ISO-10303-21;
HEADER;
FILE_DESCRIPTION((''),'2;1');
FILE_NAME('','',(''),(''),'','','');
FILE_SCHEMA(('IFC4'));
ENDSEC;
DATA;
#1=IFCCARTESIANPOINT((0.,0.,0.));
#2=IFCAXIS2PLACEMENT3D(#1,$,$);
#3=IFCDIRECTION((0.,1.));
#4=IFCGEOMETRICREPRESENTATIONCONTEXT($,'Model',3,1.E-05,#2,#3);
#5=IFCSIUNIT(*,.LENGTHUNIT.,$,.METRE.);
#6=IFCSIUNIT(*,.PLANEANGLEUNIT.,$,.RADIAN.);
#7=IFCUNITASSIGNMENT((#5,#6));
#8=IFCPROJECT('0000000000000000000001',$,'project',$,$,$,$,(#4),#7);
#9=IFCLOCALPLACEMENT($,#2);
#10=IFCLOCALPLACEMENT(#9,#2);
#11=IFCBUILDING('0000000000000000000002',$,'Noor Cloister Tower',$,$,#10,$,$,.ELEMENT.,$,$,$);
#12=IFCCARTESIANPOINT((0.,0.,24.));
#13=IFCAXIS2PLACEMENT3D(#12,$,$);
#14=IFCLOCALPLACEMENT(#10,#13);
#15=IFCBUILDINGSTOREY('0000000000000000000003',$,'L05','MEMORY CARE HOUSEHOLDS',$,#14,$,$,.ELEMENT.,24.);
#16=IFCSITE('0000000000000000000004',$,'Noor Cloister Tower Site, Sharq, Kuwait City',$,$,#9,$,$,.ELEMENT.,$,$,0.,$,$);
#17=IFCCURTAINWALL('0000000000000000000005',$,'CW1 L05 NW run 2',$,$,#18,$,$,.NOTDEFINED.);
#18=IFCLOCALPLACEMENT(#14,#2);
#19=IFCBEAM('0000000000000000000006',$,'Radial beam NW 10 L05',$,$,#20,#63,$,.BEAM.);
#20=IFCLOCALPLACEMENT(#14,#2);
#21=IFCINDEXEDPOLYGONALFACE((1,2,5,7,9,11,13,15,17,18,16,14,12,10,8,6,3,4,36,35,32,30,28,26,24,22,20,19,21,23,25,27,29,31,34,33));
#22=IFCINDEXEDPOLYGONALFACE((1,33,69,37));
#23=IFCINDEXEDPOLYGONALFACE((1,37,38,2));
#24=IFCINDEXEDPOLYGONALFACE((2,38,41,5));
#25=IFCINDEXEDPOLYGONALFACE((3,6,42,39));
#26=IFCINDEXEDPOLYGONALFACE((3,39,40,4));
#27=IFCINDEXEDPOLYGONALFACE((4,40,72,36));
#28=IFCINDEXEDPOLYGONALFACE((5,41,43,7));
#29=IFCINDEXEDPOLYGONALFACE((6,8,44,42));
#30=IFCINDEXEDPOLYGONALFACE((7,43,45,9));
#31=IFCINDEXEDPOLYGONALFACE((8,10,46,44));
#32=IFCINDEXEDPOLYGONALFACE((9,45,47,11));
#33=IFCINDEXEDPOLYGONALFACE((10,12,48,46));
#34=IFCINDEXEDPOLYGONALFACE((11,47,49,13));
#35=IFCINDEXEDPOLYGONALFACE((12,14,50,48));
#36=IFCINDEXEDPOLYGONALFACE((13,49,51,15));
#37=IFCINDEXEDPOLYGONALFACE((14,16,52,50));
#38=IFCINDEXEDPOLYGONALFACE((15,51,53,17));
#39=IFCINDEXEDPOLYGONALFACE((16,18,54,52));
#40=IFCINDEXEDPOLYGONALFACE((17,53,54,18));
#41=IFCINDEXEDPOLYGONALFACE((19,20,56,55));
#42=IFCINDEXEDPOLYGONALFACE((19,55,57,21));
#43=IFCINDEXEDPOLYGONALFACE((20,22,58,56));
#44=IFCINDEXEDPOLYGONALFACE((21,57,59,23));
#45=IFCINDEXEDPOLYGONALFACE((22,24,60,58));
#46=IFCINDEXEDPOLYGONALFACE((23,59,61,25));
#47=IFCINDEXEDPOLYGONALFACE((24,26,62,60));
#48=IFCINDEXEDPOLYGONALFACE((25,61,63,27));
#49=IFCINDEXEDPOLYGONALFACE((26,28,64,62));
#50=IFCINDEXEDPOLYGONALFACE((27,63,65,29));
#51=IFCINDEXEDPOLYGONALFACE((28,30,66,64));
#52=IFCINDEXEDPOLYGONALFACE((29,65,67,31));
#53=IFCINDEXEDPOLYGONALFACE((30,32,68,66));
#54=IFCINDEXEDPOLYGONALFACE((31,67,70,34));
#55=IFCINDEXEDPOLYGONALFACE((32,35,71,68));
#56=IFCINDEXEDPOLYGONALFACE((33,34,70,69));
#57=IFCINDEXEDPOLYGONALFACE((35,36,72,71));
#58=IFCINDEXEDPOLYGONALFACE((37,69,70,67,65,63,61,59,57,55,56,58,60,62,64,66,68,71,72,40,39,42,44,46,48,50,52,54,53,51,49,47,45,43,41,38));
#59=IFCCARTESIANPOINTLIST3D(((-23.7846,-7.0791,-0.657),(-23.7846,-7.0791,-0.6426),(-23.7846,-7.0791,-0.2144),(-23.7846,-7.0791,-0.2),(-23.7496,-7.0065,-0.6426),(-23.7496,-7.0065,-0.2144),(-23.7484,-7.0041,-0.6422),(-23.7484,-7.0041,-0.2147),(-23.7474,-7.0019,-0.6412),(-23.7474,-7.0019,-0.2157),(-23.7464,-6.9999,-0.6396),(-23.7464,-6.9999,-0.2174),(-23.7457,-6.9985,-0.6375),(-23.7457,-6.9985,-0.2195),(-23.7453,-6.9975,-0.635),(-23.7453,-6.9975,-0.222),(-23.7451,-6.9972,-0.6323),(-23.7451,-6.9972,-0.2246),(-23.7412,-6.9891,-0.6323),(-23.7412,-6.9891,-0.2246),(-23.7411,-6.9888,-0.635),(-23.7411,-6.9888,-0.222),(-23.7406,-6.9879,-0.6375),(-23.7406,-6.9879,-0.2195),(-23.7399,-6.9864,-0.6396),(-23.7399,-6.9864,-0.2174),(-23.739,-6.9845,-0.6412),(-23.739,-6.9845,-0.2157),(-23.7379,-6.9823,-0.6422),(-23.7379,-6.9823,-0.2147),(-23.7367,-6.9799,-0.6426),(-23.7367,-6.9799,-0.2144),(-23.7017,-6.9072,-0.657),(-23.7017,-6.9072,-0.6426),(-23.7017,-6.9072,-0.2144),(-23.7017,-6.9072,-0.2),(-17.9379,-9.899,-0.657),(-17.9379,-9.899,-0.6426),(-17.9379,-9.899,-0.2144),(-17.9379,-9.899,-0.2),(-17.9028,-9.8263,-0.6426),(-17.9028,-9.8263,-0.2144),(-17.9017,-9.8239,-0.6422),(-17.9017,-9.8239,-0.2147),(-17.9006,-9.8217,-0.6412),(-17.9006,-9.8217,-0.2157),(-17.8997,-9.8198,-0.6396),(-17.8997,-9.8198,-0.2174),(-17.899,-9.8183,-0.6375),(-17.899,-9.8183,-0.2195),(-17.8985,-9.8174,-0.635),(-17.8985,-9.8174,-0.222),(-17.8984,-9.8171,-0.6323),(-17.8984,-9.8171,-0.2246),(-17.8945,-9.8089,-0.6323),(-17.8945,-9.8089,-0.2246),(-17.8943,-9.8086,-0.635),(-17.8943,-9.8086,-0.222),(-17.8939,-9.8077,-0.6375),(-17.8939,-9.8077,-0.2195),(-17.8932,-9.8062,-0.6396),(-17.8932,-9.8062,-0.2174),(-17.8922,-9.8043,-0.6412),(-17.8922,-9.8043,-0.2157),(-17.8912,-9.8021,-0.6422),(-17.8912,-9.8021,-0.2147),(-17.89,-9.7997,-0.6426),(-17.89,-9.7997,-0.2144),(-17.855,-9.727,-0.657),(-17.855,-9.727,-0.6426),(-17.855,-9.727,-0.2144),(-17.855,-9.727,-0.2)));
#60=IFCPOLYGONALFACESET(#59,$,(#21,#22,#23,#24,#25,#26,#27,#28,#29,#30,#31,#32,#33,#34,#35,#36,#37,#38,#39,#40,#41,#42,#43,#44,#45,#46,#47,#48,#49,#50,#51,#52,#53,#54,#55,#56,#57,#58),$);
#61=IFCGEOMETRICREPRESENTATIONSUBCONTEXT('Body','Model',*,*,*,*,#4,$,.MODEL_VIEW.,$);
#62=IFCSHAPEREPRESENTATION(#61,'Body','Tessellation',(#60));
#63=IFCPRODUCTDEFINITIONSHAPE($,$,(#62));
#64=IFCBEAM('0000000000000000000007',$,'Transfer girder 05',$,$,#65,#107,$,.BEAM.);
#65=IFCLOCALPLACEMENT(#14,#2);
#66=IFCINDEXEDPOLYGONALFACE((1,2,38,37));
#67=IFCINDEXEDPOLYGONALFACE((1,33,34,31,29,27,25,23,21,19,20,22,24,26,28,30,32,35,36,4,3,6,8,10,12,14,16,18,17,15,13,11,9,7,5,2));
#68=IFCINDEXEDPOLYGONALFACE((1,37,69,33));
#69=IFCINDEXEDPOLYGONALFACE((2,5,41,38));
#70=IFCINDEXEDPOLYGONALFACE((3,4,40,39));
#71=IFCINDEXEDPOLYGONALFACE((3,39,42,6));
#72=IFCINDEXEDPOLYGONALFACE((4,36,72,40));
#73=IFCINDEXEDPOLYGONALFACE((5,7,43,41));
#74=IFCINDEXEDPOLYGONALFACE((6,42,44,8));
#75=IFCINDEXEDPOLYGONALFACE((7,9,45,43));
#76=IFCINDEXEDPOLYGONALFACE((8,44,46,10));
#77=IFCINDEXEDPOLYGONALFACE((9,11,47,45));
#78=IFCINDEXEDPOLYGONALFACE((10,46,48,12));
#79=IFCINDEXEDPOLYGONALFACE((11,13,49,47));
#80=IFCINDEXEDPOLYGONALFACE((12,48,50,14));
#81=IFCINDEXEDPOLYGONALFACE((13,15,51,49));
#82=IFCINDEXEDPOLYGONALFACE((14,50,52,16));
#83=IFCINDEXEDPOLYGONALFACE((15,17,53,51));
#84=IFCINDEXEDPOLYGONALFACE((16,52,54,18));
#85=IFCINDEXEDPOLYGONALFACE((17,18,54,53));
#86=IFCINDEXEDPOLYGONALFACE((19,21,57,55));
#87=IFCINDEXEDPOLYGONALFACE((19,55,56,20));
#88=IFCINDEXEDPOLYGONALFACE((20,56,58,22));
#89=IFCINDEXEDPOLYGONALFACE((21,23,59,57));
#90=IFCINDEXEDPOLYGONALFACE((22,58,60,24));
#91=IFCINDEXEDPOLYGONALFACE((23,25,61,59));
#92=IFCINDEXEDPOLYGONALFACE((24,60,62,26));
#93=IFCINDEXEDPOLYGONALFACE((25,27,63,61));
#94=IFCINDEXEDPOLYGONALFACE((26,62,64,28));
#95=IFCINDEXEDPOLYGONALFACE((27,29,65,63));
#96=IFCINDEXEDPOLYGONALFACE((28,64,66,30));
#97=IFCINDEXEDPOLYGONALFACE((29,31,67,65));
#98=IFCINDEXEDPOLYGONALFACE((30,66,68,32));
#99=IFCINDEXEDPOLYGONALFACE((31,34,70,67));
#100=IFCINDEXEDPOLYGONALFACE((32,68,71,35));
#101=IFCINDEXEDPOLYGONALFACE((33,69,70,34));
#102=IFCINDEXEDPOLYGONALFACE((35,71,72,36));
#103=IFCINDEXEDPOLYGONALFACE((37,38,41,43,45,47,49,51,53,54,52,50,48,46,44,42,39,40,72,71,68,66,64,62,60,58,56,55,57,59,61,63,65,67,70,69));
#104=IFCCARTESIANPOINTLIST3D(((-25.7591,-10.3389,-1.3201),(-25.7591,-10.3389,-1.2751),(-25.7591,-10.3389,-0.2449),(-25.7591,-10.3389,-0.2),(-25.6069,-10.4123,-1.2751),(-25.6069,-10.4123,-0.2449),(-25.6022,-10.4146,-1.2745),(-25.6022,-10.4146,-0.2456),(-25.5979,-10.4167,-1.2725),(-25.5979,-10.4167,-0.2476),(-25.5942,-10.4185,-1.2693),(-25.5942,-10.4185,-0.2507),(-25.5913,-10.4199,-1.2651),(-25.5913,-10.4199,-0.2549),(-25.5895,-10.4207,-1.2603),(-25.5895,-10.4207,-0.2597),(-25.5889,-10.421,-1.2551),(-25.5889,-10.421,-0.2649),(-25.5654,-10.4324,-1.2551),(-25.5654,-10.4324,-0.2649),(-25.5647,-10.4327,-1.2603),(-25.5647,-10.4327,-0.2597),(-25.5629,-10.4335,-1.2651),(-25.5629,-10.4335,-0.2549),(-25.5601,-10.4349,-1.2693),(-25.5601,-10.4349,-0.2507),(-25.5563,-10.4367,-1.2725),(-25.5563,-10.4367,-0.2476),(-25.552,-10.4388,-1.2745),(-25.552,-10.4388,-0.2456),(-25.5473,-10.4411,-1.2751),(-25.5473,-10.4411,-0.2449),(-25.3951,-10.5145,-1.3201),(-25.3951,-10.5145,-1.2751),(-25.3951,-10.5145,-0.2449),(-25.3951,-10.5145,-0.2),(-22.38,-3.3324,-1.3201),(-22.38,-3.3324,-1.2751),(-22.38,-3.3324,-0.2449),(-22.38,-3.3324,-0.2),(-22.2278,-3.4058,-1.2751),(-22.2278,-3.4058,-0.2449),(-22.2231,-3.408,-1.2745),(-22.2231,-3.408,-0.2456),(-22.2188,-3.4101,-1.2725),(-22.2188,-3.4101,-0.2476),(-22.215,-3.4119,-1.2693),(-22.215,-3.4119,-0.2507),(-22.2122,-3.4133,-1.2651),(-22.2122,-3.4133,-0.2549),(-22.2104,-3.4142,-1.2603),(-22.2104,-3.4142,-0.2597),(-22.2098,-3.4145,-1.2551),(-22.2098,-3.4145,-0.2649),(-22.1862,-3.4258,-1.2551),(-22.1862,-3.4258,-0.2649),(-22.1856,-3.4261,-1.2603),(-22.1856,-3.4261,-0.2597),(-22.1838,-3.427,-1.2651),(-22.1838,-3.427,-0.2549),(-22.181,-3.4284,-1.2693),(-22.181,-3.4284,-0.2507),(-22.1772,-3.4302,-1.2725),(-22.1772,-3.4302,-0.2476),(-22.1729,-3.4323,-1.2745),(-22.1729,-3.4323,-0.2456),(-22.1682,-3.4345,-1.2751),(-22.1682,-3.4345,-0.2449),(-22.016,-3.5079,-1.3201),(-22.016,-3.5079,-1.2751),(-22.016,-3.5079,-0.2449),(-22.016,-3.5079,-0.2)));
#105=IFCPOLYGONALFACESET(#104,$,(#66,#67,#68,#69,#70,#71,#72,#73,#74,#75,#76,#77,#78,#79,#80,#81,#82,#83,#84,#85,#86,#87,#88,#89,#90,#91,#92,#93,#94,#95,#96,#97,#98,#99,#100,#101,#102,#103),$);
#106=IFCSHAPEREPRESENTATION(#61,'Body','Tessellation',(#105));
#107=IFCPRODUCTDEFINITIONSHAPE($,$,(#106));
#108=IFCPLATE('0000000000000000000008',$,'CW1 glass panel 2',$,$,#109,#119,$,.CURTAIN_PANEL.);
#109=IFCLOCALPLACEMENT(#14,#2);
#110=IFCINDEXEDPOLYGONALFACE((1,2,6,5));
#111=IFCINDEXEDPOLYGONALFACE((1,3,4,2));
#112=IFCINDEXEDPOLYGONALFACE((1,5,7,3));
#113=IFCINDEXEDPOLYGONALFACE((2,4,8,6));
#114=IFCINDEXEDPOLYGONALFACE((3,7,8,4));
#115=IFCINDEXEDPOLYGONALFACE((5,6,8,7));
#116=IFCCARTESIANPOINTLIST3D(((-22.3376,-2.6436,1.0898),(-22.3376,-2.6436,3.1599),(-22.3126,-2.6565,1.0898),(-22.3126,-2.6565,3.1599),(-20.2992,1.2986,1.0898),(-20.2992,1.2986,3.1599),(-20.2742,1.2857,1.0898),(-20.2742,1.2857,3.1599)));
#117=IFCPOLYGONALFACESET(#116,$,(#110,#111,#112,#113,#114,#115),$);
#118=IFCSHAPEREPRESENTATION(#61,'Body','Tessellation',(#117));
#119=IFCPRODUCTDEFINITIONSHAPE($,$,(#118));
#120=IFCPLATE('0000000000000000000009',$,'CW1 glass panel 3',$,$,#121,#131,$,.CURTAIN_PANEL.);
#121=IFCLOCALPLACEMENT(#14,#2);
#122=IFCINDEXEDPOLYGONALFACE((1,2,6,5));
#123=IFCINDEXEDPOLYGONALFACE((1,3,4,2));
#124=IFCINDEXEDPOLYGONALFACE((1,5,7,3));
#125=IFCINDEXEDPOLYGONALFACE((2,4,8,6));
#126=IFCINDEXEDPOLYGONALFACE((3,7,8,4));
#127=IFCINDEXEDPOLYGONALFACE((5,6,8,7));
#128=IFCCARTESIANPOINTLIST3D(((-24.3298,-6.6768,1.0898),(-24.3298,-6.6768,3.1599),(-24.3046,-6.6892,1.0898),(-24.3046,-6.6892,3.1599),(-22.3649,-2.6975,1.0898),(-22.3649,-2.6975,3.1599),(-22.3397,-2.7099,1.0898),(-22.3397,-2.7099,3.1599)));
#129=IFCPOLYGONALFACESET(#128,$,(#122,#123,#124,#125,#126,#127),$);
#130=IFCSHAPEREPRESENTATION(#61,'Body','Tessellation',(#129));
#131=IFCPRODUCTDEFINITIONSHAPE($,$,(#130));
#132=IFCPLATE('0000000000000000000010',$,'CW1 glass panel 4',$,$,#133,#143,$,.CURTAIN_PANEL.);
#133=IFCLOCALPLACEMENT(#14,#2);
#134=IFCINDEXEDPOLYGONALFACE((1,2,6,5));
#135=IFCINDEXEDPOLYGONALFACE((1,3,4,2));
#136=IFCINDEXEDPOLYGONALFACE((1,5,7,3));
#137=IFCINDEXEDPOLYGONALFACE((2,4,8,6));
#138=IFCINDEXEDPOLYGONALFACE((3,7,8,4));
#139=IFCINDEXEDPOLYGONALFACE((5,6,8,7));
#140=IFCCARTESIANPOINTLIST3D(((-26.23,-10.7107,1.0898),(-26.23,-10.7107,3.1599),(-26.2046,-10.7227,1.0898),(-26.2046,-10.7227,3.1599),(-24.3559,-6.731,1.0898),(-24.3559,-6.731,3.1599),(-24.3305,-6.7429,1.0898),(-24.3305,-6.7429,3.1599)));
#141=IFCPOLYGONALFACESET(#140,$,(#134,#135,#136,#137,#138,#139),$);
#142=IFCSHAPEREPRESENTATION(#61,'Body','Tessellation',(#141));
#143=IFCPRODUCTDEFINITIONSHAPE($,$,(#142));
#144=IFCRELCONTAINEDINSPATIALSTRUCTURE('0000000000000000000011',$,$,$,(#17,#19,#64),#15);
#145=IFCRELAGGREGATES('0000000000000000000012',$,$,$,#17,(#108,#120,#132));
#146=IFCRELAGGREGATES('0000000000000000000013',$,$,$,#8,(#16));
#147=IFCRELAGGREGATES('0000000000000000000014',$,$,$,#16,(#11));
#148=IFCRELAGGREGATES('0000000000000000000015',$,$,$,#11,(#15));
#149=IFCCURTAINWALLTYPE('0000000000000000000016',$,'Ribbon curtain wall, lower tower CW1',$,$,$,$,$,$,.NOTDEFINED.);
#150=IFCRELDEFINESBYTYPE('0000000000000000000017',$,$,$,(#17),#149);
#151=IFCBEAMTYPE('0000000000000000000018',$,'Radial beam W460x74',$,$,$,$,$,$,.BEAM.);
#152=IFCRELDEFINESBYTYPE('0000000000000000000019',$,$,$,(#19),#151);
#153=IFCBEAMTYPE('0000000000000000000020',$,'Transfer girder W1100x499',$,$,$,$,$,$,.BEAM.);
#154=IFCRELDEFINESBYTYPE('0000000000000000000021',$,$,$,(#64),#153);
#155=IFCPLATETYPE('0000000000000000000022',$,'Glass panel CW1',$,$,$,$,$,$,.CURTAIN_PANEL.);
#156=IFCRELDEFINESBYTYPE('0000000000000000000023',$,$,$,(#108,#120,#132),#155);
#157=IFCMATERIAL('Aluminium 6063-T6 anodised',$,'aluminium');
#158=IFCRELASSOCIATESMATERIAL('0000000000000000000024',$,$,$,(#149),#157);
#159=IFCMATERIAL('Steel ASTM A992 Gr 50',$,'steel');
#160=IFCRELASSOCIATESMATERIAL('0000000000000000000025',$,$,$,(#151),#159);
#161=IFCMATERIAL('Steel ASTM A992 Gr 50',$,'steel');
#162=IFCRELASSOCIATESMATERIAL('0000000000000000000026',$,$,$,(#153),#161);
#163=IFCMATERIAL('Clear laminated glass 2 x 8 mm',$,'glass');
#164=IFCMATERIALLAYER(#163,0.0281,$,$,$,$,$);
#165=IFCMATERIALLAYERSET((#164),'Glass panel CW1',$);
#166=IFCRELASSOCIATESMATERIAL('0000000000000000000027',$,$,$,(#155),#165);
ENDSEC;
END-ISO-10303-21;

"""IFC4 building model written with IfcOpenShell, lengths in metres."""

from ifc_helpers import new_model, si_unit, direction, frame, origin, origin_2d, place, context, subcontext, project, spatial, rectangle, i_section, extrude, material, layer, layer_set, material_profile, profile_set, type_object, element, aggregate, save


model = new_model("IFC4")

# Units and contexts
model_context = context("Model", 3, precision=1e-05, world=origin(), true_north=direction((0.0, 1.0)))
body_context = subcontext(model_context, "Body", "Model", "MODEL_VIEW")
ifc_project = project(units=[si_unit("LENGTHUNIT", "METRE"), si_unit("PLANEANGLEUNIT", "RADIAN")], contexts=[model_context])

# Site, building, storey
site_placement = place(None, origin())
site = spatial("IfcSite", under=ifc_project, at=site_placement, Name="Noor Cloister Tower Site, Sharq, Kuwait City", CompositionType="ELEMENT", RefElevation=0.0)
building_placement = place(site_placement, origin())
building = spatial("IfcBuilding", under=site, at=building_placement, Name="Noor Cloister Tower", CompositionType="ELEMENT")
storey_placement = place(building_placement, frame((0.0, 0.0, 24.0)))
storey = spatial("IfcBuildingStorey", under=building, at=storey_placement, Name="L05", Description="MEMORY CARE HOUSEHOLDS", CompositionType="ELEMENT", Elevation=24.0)

# Curtain wall
ifc_material_1 = material(Name="Aluminium 6063-T6 anodised", Category="aluminium")
curtain_wall_type = type_object("IfcCurtainWallType", Name="Ribbon curtain wall, lower tower CW1", PredefinedType="NOTDEFINED", material=ifc_material_1)
curtain_wall_placement = place(storey_placement, origin())
curtain_wall = element("IfcCurtainWall", 1, at=curtain_wall_placement, inside=storey, type_object=curtain_wall_type, Name="CW1 L05 NW run 2", PredefinedType="NOTDEFINED")

# Beams
ifc_material_2 = material(Name="Steel ASTM A992 Gr 50", Category="steel")
ifc_material_profile_1 = material_profile(ifc_material_2, i_section(OverallWidth=0.1909, OverallDepth=0.457, WebThickness=0.009, FlangeThickness=0.0144, FilletRadius=0.0103, at=origin_2d()), Name="W460x74")
ifc_profile_set_1 = profile_set([ifc_material_profile_1], Name="Steel ASTM A992 Gr 50")
beam_type_1 = type_object("IfcBeamType", Name="Radial beam W460x74", PredefinedType="BEAM", material=ifc_profile_set_1)
beam_1_placement = place(storey_placement, frame((-23.7432, -6.9932, -0.4285), z_axis=(0.900715, -0.43441, 0.0), x_axis=(0.43441, 0.900715, 0.0)))
element("IfcBeam", 2, at=beam_1_placement, inside=storey, type_object=beam_type_1, Name="Radial beam NW 10 L05", PredefinedType="BEAM", context=body_context, shape_type="SweptSolid", body=[
    extrude(i_section(OverallWidth=0.1909, OverallDepth=0.457, WebThickness=0.009, FlangeThickness=0.0144, FilletRadius=0.0103, at=origin_2d()), origin(), (0.0, 0.0, 1.0), 6.4912),
])
ifc_material_3 = material(Name="Steel ASTM A992 Gr 50", Category="steel")
ifc_material_profile_2 = material_profile(ifc_material_3, i_section(OverallWidth=0.4041, OverallDepth=1.1201, WebThickness=0.0261, FlangeThickness=0.0449, FilletRadius=0.02, at=origin_2d()), Name="W1100x499")
ifc_profile_set_2 = profile_set([ifc_material_profile_2], Name="Steel ASTM A992 Gr 50")
beam_type_2 = type_object("IfcBeamType", Name="Transfer girder W1100x499", PredefinedType="BEAM", material=ifc_profile_set_2)
beam_2_placement = place(storey_placement, frame((-22.198, -3.4202, -0.76), z_axis=(-0.434401, -0.90072, 0.0), x_axis=(0.90072, -0.434401, 0.0)))
element("IfcBeam", 3, at=beam_2_placement, inside=storey, type_object=beam_type_2, Name="Transfer girder 05", PredefinedType="BEAM", context=body_context, shape_type="SweptSolid", body=[
    extrude(i_section(OverallWidth=0.4041, OverallDepth=1.1201, WebThickness=0.0261, FlangeThickness=0.0449, FilletRadius=0.02, at=origin_2d()), origin(), (0.0, 0.0, 1.0), 7.7788),
])

# Plates
ifc_material_4 = material(Name="Clear laminated glass 2 x 8 mm", Category="glass")
ifc_layer_1 = layer(ifc_material_4, 0.0281)
ifc_layer_set_1 = layer_set([ifc_layer_1], Name="Glass panel CW1")
plate_type = type_object("IfcPlateType", Name="Glass panel CW1", PredefinedType="CURTAIN_PANEL", material=ifc_layer_set_1)
plate_1_placement = place(storey_placement, frame((-21.3059, -0.679, 1.0898), z_axis=(0.0, 0.0, 1.0), x_axis=(-0.459306, -0.888278, 0.0)))
plate_1 = element("IfcPlate", 4, at=plate_1_placement, type_object=plate_type, Name="CW1 glass panel 2", PredefinedType="CURTAIN_PANEL", context=body_context, shape_type="SweptSolid", body=[
    extrude(rectangle(XDim=4.438, YDim=0.0281, at=origin_2d()), origin(), (0.0, 0.0, 1.0), 2.0701),
])
plate_2_placement = place(storey_placement, frame((-23.3347, -4.6934, 1.0898), z_axis=(0.0, 0.0, 1.0), x_axis=(-0.442747, -0.896647, 0.0)))
plate_2 = element("IfcPlate", 5, at=plate_2_placement, type_object=plate_type, Name="CW1 glass panel 3", PredefinedType="CURTAIN_PANEL", context=body_context, shape_type="SweptSolid", body=[
    extrude(rectangle(XDim=4.438, YDim=0.0281, at=origin_2d()), origin(), (0.0, 0.0, 1.0), 2.0701),
])
plate_3_placement = place(storey_placement, frame((-25.2803, -8.7268, 1.0898), z_axis=(0.0, 0.0, 1.0), x_axis=(-0.426036, -0.904706, 0.0)))
plate_3 = element("IfcPlate", 6, at=plate_3_placement, type_object=plate_type, Name="CW1 glass panel 4", PredefinedType="CURTAIN_PANEL", context=body_context, shape_type="SweptSolid", body=[
    extrude(rectangle(XDim=4.3989, YDim=0.0281, at=origin_2d()), origin(), (0.0, 0.0, 1.0), 2.0701),
])
aggregate(curtain_wall, [plate_1, plate_2, plate_3])

save(model, "model.ifc")
